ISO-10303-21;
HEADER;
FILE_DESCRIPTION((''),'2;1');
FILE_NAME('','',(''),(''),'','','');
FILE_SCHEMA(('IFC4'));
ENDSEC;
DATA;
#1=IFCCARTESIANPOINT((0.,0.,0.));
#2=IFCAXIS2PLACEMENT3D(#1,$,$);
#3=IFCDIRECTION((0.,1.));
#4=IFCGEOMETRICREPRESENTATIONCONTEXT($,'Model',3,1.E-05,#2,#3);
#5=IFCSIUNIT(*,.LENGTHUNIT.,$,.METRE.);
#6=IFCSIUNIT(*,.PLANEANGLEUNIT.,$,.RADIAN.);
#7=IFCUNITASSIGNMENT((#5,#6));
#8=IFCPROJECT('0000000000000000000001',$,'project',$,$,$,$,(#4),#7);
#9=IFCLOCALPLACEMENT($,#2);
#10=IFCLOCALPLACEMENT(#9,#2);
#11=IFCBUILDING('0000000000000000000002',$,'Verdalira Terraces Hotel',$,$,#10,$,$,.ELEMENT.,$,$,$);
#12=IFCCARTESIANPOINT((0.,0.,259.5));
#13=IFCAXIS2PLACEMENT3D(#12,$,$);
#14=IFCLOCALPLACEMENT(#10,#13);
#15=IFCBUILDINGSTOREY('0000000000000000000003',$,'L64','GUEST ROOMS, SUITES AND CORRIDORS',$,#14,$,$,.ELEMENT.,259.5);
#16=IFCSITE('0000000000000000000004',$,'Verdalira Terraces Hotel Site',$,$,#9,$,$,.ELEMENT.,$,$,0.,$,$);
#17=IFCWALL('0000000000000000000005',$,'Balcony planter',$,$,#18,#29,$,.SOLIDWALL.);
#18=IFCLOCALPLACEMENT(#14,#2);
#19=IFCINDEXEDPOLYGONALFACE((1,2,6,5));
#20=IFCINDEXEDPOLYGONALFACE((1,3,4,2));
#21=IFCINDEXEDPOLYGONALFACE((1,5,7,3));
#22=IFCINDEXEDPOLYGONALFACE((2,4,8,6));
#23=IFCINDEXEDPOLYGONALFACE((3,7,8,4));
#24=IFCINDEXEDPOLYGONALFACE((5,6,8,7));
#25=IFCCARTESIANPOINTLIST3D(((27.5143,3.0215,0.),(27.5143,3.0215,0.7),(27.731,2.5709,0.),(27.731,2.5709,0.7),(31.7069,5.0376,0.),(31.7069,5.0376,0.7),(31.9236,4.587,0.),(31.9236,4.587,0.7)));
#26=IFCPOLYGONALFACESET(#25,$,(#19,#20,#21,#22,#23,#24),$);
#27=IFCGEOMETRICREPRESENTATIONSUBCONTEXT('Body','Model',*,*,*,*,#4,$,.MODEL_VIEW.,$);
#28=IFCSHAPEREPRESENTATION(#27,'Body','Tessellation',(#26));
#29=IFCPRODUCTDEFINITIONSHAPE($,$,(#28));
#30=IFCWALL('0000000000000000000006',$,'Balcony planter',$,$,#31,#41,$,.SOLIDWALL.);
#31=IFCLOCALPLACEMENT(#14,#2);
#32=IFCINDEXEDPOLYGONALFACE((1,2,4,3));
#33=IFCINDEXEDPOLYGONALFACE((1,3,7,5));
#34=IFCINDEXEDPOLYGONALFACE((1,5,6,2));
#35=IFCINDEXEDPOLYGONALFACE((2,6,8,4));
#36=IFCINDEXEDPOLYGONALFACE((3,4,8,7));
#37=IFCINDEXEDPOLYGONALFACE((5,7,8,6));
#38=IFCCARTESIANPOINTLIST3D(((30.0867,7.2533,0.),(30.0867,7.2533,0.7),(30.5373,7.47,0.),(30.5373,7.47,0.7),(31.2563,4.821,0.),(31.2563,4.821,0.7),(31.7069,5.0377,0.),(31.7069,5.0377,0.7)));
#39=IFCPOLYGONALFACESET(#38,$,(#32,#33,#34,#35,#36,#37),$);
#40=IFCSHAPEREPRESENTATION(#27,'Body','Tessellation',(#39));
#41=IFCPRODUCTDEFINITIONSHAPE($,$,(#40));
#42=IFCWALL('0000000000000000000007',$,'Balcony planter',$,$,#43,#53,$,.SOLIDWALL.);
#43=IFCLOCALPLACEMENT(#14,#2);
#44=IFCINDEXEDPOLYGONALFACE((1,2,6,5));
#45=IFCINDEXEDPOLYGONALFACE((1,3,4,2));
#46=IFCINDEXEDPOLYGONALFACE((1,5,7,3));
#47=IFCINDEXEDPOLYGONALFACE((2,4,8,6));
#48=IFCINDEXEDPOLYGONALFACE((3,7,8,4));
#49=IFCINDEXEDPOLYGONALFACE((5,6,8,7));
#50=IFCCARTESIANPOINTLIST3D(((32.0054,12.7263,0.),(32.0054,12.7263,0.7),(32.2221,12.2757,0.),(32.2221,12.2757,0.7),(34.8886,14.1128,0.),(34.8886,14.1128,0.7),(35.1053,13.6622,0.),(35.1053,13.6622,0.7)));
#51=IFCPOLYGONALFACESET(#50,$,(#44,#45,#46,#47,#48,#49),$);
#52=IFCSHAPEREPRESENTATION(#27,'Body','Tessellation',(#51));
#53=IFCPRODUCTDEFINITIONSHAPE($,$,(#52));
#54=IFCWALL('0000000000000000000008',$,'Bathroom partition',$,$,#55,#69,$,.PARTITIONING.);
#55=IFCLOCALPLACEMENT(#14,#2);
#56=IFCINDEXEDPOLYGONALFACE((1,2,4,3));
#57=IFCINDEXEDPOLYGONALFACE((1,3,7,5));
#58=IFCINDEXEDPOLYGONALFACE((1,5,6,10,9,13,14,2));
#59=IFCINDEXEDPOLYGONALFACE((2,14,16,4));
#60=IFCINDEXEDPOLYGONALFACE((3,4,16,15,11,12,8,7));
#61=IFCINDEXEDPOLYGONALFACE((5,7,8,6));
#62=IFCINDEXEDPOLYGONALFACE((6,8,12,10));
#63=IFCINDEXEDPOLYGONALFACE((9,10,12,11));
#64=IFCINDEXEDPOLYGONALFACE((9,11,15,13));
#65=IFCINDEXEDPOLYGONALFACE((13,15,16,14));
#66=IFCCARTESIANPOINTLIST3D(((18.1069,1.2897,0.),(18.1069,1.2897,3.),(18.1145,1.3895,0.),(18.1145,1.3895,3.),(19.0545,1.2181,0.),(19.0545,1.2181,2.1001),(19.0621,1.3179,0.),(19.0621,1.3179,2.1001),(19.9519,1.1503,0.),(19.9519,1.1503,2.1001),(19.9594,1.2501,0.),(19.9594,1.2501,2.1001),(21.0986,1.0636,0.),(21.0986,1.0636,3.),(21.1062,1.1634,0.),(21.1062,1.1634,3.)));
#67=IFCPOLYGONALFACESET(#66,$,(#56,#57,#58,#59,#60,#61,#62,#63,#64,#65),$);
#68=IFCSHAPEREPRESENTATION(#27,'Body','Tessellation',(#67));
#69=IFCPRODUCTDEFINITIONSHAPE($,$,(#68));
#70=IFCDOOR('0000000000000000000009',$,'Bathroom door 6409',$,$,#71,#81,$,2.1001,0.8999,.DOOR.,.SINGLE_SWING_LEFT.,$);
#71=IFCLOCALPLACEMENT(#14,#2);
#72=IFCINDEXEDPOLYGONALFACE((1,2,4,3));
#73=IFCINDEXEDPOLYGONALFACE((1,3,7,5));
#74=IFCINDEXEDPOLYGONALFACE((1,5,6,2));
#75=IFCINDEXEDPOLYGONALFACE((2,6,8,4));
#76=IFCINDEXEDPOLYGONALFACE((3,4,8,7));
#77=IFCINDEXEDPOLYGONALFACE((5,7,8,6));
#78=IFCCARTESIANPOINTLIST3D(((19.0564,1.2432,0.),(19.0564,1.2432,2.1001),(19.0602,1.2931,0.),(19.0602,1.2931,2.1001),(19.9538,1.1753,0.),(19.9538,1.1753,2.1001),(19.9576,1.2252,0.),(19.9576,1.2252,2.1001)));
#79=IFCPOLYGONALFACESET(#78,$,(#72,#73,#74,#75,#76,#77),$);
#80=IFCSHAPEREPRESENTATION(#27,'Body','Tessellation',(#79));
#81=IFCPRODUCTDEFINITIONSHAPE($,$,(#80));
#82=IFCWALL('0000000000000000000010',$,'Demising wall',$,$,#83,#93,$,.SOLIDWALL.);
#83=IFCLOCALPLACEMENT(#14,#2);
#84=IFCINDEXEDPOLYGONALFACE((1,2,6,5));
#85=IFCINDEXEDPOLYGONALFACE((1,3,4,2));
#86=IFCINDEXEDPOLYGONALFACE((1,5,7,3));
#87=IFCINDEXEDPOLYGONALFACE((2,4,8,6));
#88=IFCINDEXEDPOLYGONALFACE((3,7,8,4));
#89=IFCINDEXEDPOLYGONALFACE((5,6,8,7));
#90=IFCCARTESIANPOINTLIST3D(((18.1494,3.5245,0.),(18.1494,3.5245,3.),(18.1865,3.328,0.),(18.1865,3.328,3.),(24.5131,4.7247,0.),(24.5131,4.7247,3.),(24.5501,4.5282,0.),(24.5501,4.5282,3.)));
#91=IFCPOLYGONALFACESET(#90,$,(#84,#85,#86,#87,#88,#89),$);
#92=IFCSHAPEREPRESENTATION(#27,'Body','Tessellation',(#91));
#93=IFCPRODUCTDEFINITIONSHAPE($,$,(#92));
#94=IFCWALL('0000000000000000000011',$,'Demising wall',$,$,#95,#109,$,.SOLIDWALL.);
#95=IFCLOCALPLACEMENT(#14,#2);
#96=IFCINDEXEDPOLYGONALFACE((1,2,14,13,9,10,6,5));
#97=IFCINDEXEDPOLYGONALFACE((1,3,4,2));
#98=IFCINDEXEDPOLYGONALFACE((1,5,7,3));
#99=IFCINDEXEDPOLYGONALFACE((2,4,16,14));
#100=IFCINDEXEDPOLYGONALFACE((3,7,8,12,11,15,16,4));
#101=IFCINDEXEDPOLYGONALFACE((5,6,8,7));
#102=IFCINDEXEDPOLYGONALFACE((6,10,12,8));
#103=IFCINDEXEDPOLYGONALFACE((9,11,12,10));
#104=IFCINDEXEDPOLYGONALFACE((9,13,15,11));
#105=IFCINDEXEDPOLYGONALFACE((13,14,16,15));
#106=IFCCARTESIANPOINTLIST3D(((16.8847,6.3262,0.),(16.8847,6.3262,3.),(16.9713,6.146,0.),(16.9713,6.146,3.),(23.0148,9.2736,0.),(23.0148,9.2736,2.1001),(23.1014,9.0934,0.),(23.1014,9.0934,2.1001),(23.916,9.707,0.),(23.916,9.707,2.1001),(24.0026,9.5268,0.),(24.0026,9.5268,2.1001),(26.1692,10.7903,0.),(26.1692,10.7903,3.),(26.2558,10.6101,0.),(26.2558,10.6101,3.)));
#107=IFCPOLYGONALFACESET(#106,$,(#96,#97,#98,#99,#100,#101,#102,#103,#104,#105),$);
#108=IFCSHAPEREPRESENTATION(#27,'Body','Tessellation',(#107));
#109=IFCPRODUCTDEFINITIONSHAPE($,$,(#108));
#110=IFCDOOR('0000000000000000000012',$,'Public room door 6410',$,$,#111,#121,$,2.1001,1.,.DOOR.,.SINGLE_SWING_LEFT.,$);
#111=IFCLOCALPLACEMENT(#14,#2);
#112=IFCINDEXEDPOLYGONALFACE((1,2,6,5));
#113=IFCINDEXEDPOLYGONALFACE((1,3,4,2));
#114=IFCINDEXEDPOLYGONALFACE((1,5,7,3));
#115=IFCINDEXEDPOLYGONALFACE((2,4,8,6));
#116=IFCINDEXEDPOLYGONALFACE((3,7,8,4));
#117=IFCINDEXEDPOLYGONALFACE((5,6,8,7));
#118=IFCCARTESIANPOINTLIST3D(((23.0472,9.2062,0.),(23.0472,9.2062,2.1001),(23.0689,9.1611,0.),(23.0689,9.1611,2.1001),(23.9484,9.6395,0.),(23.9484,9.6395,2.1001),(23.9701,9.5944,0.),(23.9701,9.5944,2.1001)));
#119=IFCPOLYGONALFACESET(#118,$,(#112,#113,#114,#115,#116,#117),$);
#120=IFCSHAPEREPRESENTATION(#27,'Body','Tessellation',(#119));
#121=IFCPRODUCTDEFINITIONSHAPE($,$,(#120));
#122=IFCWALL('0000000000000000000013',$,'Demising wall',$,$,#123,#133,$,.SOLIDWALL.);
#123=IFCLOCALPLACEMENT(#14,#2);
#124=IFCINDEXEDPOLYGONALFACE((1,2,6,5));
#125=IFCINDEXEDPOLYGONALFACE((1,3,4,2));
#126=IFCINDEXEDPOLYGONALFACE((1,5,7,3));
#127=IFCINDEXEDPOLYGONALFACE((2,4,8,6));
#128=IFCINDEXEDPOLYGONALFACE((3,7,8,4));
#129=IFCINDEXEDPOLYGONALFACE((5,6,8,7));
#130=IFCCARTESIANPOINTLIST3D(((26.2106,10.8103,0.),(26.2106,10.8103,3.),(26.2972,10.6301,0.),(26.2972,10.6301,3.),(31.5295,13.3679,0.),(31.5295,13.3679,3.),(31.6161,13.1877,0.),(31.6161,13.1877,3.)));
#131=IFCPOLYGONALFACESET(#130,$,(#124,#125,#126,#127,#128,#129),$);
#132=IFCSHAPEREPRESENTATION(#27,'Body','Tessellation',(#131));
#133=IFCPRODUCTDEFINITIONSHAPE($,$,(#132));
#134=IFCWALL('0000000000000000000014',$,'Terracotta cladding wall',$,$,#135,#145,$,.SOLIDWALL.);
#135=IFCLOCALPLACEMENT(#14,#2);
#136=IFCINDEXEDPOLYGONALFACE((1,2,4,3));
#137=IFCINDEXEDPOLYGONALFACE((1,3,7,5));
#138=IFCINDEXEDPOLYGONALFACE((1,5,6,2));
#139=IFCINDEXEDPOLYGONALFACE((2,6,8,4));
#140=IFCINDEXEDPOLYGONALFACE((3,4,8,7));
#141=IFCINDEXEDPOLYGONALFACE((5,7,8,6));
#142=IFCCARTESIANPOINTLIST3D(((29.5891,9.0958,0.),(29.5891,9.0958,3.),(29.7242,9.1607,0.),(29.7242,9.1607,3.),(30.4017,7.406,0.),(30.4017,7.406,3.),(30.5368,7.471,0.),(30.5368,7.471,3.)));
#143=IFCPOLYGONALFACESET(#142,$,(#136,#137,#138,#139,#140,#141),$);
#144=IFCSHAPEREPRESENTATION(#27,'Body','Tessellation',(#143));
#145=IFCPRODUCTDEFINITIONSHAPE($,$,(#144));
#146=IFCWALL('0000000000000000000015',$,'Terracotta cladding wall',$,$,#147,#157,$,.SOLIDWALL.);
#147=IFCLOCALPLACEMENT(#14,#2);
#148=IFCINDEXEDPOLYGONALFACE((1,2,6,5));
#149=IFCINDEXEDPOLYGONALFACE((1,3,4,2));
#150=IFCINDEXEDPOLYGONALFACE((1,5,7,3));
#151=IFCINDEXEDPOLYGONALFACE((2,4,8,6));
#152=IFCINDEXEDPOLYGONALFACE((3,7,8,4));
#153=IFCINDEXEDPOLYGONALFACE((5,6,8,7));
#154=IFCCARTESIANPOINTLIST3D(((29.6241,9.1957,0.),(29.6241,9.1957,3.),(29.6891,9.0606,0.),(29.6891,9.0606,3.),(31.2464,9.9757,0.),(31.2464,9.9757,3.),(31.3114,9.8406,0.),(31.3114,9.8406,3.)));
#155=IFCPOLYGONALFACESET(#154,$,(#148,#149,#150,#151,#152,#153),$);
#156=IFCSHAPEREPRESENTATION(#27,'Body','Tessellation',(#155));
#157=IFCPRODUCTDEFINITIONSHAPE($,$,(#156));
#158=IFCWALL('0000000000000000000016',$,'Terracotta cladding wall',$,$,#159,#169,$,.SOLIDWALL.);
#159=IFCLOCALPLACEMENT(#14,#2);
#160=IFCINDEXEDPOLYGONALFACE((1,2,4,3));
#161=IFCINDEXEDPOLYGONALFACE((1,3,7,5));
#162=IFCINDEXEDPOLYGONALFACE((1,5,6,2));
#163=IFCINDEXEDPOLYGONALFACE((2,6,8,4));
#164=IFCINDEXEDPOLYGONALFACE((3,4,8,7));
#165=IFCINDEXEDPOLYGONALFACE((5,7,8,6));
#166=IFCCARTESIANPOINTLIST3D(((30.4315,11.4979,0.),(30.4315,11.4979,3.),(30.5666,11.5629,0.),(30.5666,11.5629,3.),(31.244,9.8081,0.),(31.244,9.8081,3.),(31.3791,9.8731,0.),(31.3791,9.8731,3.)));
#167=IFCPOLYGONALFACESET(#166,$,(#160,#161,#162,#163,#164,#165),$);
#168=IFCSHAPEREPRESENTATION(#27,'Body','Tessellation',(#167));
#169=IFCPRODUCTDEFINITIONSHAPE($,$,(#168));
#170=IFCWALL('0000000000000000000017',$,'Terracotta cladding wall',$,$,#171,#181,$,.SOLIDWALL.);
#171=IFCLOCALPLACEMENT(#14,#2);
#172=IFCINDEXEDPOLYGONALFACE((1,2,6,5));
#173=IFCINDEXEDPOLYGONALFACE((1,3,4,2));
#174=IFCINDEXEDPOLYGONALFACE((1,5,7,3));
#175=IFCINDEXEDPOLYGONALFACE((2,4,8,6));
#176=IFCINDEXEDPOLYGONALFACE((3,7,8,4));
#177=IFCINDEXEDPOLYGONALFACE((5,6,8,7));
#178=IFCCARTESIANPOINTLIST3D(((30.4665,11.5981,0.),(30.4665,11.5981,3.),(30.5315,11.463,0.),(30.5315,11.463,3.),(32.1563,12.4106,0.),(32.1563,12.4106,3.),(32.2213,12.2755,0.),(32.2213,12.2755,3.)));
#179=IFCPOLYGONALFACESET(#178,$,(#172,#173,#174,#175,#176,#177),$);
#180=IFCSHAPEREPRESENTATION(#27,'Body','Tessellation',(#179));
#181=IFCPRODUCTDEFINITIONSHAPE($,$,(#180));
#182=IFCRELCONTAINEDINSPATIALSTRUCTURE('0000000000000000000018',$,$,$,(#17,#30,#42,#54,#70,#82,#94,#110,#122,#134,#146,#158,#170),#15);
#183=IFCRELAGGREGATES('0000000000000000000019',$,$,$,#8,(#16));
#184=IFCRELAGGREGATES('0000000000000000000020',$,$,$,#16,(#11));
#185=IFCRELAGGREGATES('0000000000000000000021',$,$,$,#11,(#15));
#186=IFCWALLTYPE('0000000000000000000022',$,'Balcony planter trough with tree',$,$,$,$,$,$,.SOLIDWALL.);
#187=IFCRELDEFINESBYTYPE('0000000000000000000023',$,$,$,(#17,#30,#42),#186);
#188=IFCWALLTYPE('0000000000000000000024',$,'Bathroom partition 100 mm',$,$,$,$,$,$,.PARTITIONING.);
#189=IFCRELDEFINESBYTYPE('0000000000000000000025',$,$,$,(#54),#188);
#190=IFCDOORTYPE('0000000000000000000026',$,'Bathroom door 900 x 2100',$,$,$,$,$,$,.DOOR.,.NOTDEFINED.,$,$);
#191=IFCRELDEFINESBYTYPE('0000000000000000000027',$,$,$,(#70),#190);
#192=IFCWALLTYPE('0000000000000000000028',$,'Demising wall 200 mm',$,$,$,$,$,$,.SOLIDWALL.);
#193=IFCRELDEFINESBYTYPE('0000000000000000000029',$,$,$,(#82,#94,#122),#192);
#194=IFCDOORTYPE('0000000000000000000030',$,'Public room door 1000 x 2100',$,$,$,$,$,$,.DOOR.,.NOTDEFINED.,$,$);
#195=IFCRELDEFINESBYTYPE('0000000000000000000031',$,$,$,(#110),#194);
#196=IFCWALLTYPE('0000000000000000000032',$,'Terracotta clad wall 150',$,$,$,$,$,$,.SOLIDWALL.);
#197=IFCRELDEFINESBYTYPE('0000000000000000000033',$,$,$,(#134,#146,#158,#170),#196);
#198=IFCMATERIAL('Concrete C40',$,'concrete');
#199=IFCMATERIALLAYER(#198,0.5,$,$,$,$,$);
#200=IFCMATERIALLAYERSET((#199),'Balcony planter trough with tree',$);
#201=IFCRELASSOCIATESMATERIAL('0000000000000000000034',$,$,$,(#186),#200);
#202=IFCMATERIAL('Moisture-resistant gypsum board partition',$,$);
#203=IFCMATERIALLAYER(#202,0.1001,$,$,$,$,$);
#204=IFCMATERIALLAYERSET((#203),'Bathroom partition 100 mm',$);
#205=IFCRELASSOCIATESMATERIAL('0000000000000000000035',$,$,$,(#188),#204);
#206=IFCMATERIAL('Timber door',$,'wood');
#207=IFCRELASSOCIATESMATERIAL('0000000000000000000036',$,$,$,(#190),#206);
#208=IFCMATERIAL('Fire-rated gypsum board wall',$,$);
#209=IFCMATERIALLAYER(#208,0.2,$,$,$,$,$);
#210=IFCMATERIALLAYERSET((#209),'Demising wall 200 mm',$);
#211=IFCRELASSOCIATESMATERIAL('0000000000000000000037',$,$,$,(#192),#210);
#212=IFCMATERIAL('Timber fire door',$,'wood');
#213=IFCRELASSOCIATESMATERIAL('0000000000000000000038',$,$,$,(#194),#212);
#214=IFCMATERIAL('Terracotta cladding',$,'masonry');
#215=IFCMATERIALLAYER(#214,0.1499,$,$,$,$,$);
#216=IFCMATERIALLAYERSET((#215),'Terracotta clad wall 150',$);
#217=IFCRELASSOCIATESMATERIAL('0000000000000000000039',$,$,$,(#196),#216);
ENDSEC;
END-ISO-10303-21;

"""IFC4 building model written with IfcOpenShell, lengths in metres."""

from ifc_helpers import new_model, si_unit, direction, frame, frame_2d, origin, place, context, subcontext, project, spatial, rectangle, extrude, material, layer, layer_set, type_object, element, fill, save


model = new_model("IFC4")

# Units and contexts
model_context = context("Model", 3, precision=1e-05, world=origin(), true_north=direction((0.0, 1.0)))
body_context = subcontext(model_context, "Body", "Model", "MODEL_VIEW")
ifc_project = project(units=[si_unit("LENGTHUNIT", "METRE"), si_unit("PLANEANGLEUNIT", "RADIAN")], contexts=[model_context])

# Site, building, storey
site_placement = place(None, origin())
site = spatial("IfcSite", under=ifc_project, at=site_placement, Name="Verdalira Terraces Hotel Site", CompositionType="ELEMENT", RefElevation=0.0)
building_placement = place(site_placement, origin())
building = spatial("IfcBuilding", under=site, at=building_placement, Name="Verdalira Terraces Hotel", CompositionType="ELEMENT")
storey_placement = place(building_placement, frame((0.0, 0.0, 259.5)))
storey = spatial("IfcBuildingStorey", under=building, at=storey_placement, Name="L64", Description="GUEST ROOMS, SUITES AND CORRIDORS", CompositionType="ELEMENT", Elevation=259.5)

# Walls
ifc_material_1 = material(Name="Concrete C40", Category="concrete")
ifc_layer_1 = layer(ifc_material_1, 0.5)
ifc_layer_set_1 = layer_set([ifc_layer_1], Name="Balcony planter trough with tree")
wall_type_1 = type_object("IfcWallType", Name="Balcony planter trough with tree", PredefinedType="SOLIDWALL", material=ifc_layer_set_1)
wall_1_placement = place(storey_placement, frame((27.6226, 2.7961, 0.0), z_axis=(0.0, 0.0, 1.0), x_axis=(0.901217, 0.433369, 0.0)))
element("IfcWall", 1, at=wall_1_placement, inside=storey, type_object=wall_type_1, Name="Balcony planter", PredefinedType="SOLIDWALL", context=body_context, shape_type="SweptSolid", body=[
    extrude(rectangle(XDim=4.6521, YDim=0.5, at=frame_2d((2.3262, 0.0))), origin(), (0.0, 0.0, 1.0), 0.7),
])
wall_2_placement = place(storey_placement, frame((31.4817, 4.9292, 0.0), z_axis=(0.0, 0.0, 1.0), x_axis=(-0.433375, 0.901214, 0.0)))
element("IfcWall", 2, at=wall_2_placement, inside=storey, type_object=wall_type_1, Name="Balcony planter", PredefinedType="SOLIDWALL", context=body_context, shape_type="SweptSolid", body=[
    extrude(rectangle(XDim=2.699, YDim=0.5, at=frame_2d((1.3496, 0.0))), origin(), (0.0, 0.0, 1.0), 0.7),
])
wall_3_placement = place(storey_placement, frame((32.1138, 12.501, 0.0), z_axis=(0.0, 0.0, 1.0), x_axis=(0.901205, 0.433393, 0.0)))
element("IfcWall", 3, at=wall_3_placement, inside=storey, type_object=wall_type_1, Name="Balcony planter", PredefinedType="SOLIDWALL", context=body_context, shape_type="SweptSolid", body=[
    extrude(rectangle(XDim=3.1992, YDim=0.5, at=frame_2d((1.5996, 0.0))), origin(), (0.0, 0.0, 1.0), 0.7),
])

# Wall, opening, door
ifc_material_2 = material(Name="Moisture-resistant gypsum board partition")
ifc_layer_2 = layer(ifc_material_2, 0.1001)
ifc_layer_set_2 = layer_set([ifc_layer_2], Name="Bathroom partition 100 mm")
wall_type_2 = type_object("IfcWallType", Name="Bathroom partition 100 mm", PredefinedType="PARTITIONING", material=ifc_layer_set_2)
wall_4_placement = place(storey_placement, frame((21.1023, 1.1135, 0.0), z_axis=(0.0, 0.0, 1.0), x_axis=(-0.997157, 0.075352, 0.0)))
wall_4 = element("IfcWall", 4, at=wall_4_placement, inside=storey, type_object=wall_type_2, Name="Bathroom partition", PredefinedType="PARTITIONING", context=body_context, shape_type="SweptSolid", body=[
    extrude(rectangle(XDim=3.0002, YDim=0.1001, at=frame_2d((1.5, 0.0))), origin(), (0.0, 0.0, 1.0), 3.0),
])
opening_1_placement = place(wall_4_placement, frame((1.1499, 0.0, 0.0)))
opening_1 = element("IfcOpeningElement", 5, at=opening_1_placement, cuts=wall_4, PredefinedType="OPENING", context=body_context, shape_type="SweptSolid", body=[
    extrude(rectangle(XDim=0.8999, YDim=2.1001, at=frame_2d((0.45, 1.05))), frame((0.0, 0.0601, 0.0), z_axis=(0.0, -1.0, 0.0), x_axis=(1.0, 0.0, 0.0)), (0.0, 0.0, 1.0), 0.1201),
])
ifc_material_3 = material(Name="Timber door", Category="wood")
door_type_1 = type_object("IfcDoorType", Name="Bathroom door 900 x 2100", OperationType="NOTDEFINED", PredefinedType="DOOR", material=ifc_material_3)
door_1_placement = place(opening_1_placement, origin())
door_1 = element("IfcDoor", 6, at=door_1_placement, inside=storey, type_object=door_type_1, Name="Bathroom door 6409", OperationType="SINGLE_SWING_LEFT", OverallHeight=2.1001, OverallWidth=0.8999, PredefinedType="DOOR", context=body_context, shape_type="SweptSolid", body=[
    extrude(rectangle(XDim=0.8999, YDim=2.1001, at=frame_2d((0.45, 1.05))), frame((0.0, 0.0249, 0.0), z_axis=(0.0, -1.0, 0.0), x_axis=(1.0, 0.0, 0.0)), (0.0, 0.0, 1.0), 0.05),
])
fill(opening_1, door_1)

# Wall
ifc_material_4 = material(Name="Fire-rated gypsum board wall")
ifc_layer_3 = layer(ifc_material_4, 0.2)
ifc_layer_set_3 = layer_set([ifc_layer_3], Name="Demising wall 200 mm")
wall_type_3 = type_object("IfcWallType", Name="Demising wall 200 mm", PredefinedType="SOLIDWALL", material=ifc_layer_set_3)
wall_5_placement = place(storey_placement, frame((24.5315, 4.6265, 0.0), z_axis=(0.0, 0.0, 1.0), x_axis=(-0.982675, -0.185338, 0.0)))
element("IfcWall", 7, at=wall_5_placement, inside=storey, type_object=wall_type_3, Name="Demising wall", PredefinedType="SOLIDWALL", context=body_context, shape_type="SweptSolid", body=[
    extrude(rectangle(XDim=6.4758, YDim=0.2, at=frame_2d((3.2378, 0.0))), origin(), (0.0, 0.0, 1.0), 3.0),
])

# Wall, opening, door
wall_6_placement = place(storey_placement, frame((26.2124, 10.7002, 0.0), z_axis=(0.0, 0.0, 1.0), x_axis=(-0.901236, -0.43333, 0.0)))
wall_6 = element("IfcWall", 8, at=wall_6_placement, inside=storey, type_object=wall_type_3, Name="Demising wall", PredefinedType="SOLIDWALL", context=body_context, shape_type="SweptSolid", body=[
    extrude(rectangle(XDim=10.302, YDim=0.2, at=frame_2d((5.1509, 0.0))), origin(), (0.0, 0.0, 1.0), 3.0),
])
opening_2_placement = place(wall_6_placement, frame((2.5, 0.0, 0.0)))
opening_2 = element("IfcOpeningElement", 9, at=opening_2_placement, cuts=wall_6, PredefinedType="OPENING", context=body_context, shape_type="SweptSolid", body=[
    extrude(rectangle(XDim=1.0, YDim=2.1001, at=frame_2d((0.5, 1.05))), frame((0.0, 0.1099, 0.0), z_axis=(0.0, -1.0, 0.0), x_axis=(1.0, 0.0, 0.0)), (0.0, 0.0, 1.0), 0.22),
])
ifc_material_5 = material(Name="Timber fire door", Category="wood")
door_type_2 = type_object("IfcDoorType", Name="Public room door 1000 x 2100", OperationType="NOTDEFINED", PredefinedType="DOOR", material=ifc_material_5)
door_2_placement = place(opening_2_placement, origin())
door_2 = element("IfcDoor", 10, at=door_2_placement, inside=storey, type_object=door_type_2, Name="Public room door 6410", OperationType="SINGLE_SWING_LEFT", OverallHeight=2.1001, OverallWidth=1.0, PredefinedType="DOOR", context=body_context, shape_type="SweptSolid", body=[
    extrude(rectangle(XDim=1.0, YDim=2.1001, at=frame_2d((0.5, 1.05))), frame((0.0, 0.0249, 0.0), z_axis=(0.0, -1.0, 0.0), x_axis=(1.0, 0.0, 0.0)), (0.0, 0.0, 1.0), 0.05),
])
fill(opening_2, door_2)

# Walls
wall_7_placement = place(storey_placement, frame((26.2539, 10.7202, 0.0), z_axis=(0.0, 0.0, 1.0), x_axis=(0.901221, 0.43336, 0.0)))
element("IfcWall", 11, at=wall_7_placement, inside=storey, type_object=wall_type_3, Name="Demising wall", PredefinedType="SOLIDWALL", context=body_context, shape_type="SweptSolid", body=[
    extrude(rectangle(XDim=5.9019, YDim=0.2, at=frame_2d((2.9509, 0.0))), origin(), (0.0, 0.0, 1.0), 3.0),
])
ifc_material_6 = material(Name="Terracotta cladding", Category="masonry")
ifc_layer_4 = layer(ifc_material_6, 0.1499)
ifc_layer_set_4 = layer_set([ifc_layer_4], Name="Terracotta clad wall 150")
wall_type_4 = type_object("IfcWallType", Name="Terracotta clad wall 150", PredefinedType="SOLIDWALL", material=ifc_layer_set_4)
wall_8_placement = place(storey_placement, frame((30.4692, 7.4385, 0.0), z_axis=(0.0, 0.0, 1.0), x_axis=(-0.433357, 0.901222, 0.0)))
element("IfcWall", 12, at=wall_8_placement, inside=storey, type_object=wall_type_4, Name="Terracotta cladding wall", PredefinedType="SOLIDWALL", context=body_context, shape_type="SweptSolid", body=[
    extrude(rectangle(XDim=1.875, YDim=0.1499, at=frame_2d((0.9375, 0.0))), origin(), (0.0, 0.0, 1.0), 3.0),
])
wall_9_placement = place(storey_placement, frame((29.6567, 9.1282, 0.0), z_axis=(0.0, 0.0, 1.0), x_axis=(0.901237, 0.433326, 0.0)))
element("IfcWall", 13, at=wall_9_placement, inside=storey, type_object=wall_type_4, Name="Terracotta cladding wall", PredefinedType="SOLIDWALL", context=body_context, shape_type="SweptSolid", body=[
    extrude(rectangle(XDim=1.8, YDim=0.1499, at=frame_2d((0.8999, 0.0))), origin(), (0.0, 0.0, 1.0), 3.0),
])
for number, where, z_axis, x_axis, name in (
    (14, (31.3115, 9.8406, 0.0), (0.0, 0.0, 1.0), (-0.433307, 0.901247, 0.0), "Terracotta cladding wall"),
    (15, (30.499, 11.5305, 0.0), (0.0, 0.0, 1.0), (0.901222, 0.433357, 0.0), "Terracotta cladding wall"),
):
    element("IfcWall", number, at=place(storey_placement, frame(where, z_axis=z_axis, x_axis=x_axis)), inside=storey, type_object=wall_type_4, Name=name, PredefinedType="SOLIDWALL", context=body_context, shape_type="SweptSolid", body=[
        extrude(rectangle(XDim=1.875, YDim=0.1499, at=frame_2d((0.9375, 0.0))), origin(), (0.0, 0.0, 1.0), 3.0),
    ])

save(model, "model.ifc")
